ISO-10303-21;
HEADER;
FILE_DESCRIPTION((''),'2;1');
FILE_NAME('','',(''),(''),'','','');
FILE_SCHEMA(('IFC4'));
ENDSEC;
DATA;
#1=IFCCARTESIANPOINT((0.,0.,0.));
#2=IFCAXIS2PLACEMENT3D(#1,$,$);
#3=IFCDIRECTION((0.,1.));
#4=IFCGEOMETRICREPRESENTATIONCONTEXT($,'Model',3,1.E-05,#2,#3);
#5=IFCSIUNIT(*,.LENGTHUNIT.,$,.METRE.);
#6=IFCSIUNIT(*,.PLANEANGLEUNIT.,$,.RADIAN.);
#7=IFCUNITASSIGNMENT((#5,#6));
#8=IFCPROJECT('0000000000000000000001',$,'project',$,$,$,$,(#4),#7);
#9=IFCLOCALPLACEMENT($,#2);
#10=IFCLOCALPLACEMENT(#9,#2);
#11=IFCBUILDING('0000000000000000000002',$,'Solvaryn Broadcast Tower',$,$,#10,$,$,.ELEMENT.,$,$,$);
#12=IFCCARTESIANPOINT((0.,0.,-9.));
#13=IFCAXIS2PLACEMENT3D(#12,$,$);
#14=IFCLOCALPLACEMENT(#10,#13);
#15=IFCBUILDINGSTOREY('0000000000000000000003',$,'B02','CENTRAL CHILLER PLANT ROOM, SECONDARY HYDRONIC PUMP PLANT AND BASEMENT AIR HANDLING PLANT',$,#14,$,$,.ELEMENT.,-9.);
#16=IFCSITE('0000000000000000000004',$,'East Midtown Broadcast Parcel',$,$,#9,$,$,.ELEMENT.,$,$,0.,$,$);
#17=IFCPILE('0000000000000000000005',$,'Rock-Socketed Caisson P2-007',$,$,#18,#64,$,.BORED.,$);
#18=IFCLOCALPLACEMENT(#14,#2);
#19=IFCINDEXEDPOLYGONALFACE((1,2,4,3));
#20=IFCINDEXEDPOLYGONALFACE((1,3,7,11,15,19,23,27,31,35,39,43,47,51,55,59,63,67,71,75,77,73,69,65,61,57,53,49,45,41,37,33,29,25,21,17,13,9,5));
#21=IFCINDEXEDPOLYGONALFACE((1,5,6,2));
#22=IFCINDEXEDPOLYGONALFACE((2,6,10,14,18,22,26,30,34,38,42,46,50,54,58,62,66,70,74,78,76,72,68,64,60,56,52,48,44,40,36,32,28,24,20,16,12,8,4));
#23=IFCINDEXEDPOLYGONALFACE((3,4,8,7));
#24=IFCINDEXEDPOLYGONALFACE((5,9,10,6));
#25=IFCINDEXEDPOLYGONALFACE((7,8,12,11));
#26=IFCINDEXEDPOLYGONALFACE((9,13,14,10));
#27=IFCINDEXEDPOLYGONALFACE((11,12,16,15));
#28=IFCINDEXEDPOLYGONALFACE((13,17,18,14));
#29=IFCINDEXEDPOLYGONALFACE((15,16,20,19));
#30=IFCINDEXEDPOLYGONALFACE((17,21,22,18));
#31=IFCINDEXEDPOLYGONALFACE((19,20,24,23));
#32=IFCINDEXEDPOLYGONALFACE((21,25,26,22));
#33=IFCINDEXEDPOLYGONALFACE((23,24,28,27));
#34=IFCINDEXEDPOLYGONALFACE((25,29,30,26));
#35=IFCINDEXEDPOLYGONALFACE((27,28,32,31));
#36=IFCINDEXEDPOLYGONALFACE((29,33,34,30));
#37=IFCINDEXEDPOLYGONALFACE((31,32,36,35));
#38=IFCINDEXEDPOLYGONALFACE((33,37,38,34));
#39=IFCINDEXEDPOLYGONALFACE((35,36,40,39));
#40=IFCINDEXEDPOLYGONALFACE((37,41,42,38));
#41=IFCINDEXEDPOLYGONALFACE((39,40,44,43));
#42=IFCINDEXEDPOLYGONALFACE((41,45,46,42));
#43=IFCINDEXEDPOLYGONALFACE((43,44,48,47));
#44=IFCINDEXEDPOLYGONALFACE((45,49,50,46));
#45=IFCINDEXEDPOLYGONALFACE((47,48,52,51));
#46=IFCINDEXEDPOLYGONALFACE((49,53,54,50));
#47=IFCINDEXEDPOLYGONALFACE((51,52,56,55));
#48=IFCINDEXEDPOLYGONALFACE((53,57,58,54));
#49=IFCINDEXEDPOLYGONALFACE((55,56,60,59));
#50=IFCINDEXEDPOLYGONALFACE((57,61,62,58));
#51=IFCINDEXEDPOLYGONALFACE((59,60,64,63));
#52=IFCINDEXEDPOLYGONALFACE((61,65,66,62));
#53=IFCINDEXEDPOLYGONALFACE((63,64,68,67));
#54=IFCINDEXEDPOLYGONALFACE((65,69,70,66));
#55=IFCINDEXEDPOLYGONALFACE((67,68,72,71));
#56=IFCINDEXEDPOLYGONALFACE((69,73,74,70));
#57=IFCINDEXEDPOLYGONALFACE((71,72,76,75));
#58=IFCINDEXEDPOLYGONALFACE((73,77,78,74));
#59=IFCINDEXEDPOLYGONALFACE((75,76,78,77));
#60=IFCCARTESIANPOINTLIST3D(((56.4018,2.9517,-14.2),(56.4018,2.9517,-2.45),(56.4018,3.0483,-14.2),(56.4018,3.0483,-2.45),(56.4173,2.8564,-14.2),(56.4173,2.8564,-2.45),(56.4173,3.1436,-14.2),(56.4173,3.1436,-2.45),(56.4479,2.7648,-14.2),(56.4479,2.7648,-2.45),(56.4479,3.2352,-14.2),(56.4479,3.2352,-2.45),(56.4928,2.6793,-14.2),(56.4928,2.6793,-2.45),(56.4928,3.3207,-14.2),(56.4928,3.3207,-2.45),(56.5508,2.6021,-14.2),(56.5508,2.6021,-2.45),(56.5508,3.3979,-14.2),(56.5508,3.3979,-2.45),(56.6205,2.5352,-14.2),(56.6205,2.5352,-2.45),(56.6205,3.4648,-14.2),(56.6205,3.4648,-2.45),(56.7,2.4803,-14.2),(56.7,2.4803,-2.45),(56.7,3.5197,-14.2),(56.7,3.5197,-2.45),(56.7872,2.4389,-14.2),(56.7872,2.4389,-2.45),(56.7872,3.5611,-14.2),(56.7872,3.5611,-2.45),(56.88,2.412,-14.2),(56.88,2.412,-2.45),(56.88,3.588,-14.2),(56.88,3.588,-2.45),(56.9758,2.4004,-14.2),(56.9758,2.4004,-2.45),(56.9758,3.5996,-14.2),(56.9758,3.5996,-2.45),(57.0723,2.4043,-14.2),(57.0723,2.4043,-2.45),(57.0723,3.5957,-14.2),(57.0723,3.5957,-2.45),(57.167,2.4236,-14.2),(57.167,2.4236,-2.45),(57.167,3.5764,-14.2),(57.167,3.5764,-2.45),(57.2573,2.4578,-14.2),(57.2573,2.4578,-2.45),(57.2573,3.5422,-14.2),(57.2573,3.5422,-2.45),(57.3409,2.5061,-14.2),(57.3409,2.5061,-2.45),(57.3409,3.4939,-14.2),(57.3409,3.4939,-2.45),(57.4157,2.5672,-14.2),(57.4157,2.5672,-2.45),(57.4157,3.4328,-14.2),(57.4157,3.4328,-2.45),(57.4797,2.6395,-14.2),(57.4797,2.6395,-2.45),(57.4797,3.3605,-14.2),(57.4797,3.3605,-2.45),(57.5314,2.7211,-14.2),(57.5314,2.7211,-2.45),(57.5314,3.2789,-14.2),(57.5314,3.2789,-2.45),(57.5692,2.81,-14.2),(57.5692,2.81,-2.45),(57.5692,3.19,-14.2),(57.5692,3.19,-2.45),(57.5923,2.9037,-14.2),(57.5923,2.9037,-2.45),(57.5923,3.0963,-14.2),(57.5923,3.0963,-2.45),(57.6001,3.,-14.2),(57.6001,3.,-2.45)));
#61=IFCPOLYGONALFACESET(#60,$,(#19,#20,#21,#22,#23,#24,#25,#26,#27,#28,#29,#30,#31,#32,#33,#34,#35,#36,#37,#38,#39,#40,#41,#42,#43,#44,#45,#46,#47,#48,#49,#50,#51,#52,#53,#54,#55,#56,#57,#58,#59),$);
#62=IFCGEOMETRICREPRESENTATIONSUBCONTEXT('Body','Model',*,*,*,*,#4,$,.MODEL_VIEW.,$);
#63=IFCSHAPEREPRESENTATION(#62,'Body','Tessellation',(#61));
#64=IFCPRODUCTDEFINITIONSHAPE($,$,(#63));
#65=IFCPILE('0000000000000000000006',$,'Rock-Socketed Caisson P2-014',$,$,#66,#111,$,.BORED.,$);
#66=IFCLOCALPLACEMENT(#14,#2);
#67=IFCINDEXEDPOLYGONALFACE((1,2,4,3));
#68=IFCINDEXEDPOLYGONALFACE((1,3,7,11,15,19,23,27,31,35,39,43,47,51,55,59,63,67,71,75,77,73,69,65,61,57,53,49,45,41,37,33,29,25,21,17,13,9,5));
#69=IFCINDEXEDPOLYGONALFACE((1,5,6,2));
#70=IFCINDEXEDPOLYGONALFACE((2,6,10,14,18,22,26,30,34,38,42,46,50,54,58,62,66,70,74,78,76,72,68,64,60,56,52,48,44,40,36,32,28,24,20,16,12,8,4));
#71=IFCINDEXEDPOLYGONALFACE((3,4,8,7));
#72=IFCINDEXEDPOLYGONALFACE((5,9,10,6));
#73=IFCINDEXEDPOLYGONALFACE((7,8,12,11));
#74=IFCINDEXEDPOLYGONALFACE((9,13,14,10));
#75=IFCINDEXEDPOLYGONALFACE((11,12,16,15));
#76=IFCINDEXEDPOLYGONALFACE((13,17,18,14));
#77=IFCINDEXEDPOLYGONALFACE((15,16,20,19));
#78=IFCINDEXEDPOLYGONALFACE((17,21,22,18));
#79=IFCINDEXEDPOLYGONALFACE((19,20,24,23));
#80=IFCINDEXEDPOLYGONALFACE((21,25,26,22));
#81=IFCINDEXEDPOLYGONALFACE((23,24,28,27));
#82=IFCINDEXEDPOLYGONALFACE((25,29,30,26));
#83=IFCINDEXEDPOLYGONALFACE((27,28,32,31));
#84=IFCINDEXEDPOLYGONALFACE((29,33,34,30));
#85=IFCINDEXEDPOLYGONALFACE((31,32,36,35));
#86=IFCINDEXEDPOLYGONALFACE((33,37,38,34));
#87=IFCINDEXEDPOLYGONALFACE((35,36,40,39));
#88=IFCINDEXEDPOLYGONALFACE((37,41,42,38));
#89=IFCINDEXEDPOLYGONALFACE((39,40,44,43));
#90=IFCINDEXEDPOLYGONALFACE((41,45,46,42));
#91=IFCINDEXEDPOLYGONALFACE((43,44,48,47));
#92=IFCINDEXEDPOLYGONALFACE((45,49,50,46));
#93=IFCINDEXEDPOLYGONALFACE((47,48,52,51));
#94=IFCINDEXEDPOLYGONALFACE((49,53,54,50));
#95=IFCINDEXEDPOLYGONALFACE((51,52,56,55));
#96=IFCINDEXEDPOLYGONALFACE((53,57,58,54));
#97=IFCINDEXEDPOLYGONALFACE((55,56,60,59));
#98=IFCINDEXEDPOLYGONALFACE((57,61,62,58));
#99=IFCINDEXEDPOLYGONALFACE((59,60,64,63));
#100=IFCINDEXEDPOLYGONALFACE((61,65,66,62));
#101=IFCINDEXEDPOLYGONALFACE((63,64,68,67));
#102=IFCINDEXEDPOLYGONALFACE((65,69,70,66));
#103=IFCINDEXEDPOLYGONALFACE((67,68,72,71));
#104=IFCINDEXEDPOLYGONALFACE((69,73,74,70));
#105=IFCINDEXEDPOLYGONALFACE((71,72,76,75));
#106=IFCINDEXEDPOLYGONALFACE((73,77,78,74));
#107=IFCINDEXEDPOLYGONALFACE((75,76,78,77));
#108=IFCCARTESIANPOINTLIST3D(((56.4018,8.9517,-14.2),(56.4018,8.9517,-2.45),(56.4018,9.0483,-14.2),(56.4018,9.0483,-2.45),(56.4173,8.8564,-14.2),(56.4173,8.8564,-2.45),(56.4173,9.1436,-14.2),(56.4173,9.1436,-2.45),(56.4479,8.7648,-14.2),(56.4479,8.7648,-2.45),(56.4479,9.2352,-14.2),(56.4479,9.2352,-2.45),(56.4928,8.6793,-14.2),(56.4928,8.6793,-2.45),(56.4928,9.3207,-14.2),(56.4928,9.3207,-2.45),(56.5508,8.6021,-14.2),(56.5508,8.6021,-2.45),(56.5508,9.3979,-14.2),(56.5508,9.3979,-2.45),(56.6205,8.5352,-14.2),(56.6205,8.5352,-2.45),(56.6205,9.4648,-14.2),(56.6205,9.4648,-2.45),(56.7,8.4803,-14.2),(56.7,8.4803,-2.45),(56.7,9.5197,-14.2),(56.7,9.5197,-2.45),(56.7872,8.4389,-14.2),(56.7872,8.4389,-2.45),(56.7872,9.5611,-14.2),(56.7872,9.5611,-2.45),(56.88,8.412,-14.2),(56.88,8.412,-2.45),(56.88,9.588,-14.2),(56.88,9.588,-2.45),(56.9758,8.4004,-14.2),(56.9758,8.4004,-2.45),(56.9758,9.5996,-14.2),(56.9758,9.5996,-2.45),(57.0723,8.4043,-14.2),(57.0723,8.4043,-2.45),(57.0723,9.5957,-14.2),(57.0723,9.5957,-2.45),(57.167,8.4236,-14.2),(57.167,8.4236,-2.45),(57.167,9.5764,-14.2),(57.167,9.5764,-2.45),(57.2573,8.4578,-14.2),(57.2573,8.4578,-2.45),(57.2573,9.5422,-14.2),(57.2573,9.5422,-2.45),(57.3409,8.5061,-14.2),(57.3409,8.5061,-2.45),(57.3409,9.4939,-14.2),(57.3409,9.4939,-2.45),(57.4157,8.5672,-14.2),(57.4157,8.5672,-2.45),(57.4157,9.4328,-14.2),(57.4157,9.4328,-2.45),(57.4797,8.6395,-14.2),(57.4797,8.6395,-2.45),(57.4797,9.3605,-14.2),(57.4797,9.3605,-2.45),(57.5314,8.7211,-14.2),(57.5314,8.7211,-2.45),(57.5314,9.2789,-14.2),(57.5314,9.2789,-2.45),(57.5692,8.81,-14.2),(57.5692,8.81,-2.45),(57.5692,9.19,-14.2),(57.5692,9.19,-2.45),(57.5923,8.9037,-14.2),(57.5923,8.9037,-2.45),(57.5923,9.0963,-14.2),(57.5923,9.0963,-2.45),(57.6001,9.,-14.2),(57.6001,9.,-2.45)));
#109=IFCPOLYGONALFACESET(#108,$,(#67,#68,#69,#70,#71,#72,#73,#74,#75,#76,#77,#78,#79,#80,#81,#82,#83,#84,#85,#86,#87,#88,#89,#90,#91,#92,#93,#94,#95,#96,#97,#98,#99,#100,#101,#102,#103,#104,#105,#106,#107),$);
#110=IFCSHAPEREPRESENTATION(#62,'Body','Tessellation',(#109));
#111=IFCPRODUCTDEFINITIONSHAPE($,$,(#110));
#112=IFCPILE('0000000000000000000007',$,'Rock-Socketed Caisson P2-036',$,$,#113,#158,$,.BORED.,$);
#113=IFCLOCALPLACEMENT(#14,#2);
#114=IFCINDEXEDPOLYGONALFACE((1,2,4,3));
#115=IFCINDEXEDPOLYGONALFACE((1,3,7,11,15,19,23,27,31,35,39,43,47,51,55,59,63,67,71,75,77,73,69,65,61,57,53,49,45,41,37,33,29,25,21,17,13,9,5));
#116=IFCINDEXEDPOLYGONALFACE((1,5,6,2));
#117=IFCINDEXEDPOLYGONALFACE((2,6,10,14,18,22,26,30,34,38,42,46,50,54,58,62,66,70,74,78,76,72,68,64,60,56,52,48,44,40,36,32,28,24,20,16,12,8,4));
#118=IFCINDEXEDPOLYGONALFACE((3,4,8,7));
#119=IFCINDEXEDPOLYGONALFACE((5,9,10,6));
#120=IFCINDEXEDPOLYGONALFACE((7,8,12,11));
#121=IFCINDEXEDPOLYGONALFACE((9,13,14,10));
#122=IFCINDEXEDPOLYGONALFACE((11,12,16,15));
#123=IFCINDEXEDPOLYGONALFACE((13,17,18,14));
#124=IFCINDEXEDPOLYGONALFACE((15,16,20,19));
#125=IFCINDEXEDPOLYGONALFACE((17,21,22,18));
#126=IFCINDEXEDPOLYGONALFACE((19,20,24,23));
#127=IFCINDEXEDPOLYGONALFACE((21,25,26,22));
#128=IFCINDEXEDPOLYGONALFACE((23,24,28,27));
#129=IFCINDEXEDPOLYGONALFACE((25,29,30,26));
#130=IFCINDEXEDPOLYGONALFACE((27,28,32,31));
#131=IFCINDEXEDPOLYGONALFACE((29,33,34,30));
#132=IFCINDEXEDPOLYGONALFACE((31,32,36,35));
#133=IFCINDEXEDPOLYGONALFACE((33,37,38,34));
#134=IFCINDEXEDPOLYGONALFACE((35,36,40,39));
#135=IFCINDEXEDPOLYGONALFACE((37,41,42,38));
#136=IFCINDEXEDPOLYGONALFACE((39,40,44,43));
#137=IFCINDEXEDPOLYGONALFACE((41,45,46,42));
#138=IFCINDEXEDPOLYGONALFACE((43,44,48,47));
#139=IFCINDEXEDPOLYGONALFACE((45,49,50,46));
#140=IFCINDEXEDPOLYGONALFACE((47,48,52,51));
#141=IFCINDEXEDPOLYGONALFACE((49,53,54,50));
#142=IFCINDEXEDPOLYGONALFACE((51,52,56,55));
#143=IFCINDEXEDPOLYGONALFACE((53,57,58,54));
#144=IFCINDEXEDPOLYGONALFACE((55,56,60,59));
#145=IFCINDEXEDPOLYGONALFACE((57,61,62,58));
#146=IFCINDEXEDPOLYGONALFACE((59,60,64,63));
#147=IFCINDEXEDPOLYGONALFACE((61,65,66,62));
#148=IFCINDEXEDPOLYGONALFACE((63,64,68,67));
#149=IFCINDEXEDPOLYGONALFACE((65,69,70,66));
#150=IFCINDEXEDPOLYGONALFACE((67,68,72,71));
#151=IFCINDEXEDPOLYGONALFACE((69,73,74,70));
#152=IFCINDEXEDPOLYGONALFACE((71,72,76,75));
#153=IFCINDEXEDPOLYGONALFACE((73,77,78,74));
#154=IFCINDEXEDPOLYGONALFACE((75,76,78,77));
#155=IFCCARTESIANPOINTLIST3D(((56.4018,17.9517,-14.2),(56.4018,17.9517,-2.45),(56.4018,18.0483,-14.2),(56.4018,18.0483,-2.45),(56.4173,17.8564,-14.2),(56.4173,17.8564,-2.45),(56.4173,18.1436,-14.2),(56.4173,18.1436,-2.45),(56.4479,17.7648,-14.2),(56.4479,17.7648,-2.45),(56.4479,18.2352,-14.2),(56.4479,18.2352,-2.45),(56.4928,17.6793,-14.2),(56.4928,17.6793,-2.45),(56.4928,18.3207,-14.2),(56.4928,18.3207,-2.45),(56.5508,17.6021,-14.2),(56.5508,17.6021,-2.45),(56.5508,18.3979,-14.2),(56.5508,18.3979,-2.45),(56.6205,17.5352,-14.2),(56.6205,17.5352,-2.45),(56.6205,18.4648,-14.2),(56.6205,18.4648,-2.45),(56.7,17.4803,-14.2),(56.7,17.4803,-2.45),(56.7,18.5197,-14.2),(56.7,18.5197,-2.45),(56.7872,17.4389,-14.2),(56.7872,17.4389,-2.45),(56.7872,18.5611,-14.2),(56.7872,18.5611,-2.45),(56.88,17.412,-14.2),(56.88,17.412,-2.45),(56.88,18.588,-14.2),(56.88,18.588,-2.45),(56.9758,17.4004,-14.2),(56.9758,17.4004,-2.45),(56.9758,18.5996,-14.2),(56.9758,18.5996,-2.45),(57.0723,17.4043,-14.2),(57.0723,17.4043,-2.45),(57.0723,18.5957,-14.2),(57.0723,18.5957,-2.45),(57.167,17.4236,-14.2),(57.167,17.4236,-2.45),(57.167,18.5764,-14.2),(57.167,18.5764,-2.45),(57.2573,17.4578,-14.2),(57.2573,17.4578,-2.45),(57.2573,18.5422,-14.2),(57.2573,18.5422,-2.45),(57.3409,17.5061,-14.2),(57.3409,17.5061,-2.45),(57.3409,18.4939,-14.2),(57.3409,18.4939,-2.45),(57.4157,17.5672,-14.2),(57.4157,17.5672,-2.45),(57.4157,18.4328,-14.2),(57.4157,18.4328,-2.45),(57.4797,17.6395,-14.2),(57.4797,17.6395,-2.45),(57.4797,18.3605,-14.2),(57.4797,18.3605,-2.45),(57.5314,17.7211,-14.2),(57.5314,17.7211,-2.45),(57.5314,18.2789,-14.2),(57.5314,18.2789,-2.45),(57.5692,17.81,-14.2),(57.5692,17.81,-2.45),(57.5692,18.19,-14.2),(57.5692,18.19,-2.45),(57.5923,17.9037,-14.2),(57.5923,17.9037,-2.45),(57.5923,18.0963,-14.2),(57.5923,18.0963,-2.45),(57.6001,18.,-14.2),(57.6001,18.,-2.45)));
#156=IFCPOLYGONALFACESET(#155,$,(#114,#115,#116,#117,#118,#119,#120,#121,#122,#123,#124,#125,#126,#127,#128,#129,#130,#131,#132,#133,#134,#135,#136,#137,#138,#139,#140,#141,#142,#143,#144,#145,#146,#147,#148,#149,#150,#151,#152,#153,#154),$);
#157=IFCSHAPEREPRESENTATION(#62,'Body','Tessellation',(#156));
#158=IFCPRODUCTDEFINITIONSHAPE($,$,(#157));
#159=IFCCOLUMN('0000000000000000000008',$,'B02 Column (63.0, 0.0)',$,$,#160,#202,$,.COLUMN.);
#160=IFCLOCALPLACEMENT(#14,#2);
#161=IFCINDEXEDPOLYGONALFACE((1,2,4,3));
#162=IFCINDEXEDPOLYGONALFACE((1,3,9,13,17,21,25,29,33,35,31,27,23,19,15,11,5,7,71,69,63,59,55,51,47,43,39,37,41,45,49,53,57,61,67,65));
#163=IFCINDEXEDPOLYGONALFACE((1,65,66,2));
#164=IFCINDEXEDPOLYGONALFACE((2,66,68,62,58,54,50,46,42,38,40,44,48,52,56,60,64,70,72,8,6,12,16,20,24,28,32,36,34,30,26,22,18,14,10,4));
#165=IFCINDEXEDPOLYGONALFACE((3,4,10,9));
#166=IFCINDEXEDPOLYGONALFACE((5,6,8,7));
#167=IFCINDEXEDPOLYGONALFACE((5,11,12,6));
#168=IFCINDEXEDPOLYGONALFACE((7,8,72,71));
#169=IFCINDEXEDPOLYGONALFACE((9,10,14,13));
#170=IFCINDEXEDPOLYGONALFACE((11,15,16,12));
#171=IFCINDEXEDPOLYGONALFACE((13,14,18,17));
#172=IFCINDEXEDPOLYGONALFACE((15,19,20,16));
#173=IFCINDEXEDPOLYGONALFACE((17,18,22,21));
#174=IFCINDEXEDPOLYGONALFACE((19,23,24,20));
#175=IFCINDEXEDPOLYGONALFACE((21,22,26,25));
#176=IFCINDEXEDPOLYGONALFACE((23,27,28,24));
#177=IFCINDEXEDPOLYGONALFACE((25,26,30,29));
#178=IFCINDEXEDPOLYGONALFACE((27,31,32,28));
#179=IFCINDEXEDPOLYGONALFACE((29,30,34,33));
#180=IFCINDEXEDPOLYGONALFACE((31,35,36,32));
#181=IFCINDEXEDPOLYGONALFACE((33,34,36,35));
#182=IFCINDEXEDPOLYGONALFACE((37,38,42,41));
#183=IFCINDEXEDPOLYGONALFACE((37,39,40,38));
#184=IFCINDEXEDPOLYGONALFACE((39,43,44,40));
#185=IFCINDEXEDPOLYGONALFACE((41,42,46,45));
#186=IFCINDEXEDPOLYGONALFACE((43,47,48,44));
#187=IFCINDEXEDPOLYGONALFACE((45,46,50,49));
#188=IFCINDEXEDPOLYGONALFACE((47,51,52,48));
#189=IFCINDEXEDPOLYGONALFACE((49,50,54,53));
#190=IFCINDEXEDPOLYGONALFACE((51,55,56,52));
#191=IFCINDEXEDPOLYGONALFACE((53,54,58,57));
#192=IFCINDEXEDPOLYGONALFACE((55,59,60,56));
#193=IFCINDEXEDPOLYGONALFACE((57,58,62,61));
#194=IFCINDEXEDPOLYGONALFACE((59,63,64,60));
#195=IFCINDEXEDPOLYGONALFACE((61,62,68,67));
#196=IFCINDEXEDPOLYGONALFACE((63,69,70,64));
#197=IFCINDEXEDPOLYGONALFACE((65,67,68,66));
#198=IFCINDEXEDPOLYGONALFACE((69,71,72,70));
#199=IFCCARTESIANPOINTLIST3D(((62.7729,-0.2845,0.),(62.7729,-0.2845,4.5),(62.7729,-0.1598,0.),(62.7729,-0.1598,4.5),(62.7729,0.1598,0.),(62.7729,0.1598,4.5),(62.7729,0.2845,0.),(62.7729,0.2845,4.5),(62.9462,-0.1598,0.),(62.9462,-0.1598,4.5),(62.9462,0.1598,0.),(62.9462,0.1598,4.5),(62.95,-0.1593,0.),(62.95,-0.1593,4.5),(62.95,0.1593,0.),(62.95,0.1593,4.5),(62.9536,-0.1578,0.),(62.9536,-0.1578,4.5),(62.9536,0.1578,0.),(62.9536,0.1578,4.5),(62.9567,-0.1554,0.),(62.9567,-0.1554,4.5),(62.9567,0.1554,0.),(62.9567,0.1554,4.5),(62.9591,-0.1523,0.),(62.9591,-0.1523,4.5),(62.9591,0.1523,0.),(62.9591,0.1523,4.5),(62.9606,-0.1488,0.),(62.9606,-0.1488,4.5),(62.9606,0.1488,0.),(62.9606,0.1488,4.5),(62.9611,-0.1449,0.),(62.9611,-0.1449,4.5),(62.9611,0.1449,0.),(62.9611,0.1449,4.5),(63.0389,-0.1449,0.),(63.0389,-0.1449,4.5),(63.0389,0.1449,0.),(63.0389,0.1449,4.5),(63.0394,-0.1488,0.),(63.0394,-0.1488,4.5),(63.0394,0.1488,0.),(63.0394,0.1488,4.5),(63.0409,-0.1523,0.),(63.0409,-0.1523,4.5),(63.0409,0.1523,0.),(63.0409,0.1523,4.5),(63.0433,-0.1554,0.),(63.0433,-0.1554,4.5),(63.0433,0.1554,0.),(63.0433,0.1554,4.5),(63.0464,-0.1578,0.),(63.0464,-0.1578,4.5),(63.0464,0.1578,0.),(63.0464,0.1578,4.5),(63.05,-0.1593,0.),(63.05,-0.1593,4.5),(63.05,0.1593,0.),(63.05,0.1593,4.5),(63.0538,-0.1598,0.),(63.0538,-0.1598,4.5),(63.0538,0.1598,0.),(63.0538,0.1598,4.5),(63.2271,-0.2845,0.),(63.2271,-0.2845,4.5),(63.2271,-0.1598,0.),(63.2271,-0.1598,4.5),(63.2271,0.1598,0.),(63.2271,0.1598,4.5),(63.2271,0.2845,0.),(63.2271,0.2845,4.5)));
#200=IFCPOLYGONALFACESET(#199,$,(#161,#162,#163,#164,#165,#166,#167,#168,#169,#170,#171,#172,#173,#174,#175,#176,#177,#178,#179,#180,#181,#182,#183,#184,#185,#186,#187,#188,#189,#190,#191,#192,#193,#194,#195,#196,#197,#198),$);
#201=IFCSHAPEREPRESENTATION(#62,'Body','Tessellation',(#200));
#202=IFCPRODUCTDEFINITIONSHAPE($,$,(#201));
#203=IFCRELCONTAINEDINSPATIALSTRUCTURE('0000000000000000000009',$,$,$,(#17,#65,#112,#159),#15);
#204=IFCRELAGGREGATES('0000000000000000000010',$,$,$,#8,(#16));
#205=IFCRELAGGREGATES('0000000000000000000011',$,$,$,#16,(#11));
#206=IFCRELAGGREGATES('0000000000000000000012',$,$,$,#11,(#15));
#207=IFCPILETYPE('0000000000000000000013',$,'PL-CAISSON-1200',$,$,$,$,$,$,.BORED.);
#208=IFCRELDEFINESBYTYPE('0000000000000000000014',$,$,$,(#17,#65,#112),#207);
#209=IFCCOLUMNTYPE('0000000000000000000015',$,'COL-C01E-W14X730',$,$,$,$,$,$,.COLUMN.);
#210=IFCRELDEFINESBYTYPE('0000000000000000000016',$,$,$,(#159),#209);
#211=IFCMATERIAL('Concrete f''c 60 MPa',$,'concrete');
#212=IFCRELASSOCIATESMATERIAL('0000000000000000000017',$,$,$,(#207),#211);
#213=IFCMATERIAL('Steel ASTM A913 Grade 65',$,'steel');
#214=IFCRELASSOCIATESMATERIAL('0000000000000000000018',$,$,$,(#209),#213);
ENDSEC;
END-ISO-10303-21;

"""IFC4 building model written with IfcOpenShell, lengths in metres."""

from ifc_helpers import new_model, si_unit, direction, frame, origin, origin_2d, place, context, subcontext, project, spatial, circle, i_section, extrude, material, material_profile, profile_set, type_object, element, save


model = new_model("IFC4")

# Units and contexts
model_context = context("Model", 3, precision=1e-05, world=origin(), true_north=direction((0.0, 1.0)))
body_context = subcontext(model_context, "Body", "Model", "MODEL_VIEW")
ifc_project = project(units=[si_unit("LENGTHUNIT", "METRE"), si_unit("PLANEANGLEUNIT", "RADIAN")], contexts=[model_context])

# Site, building, storey
site_placement = place(None, origin())
site = spatial("IfcSite", under=ifc_project, at=site_placement, Name="East Midtown Broadcast Parcel", CompositionType="ELEMENT", RefElevation=0.0)
building_placement = place(site_placement, origin())
building = spatial("IfcBuilding", under=site, at=building_placement, Name="Solvaryn Broadcast Tower", CompositionType="ELEMENT")
storey_placement = place(building_placement, frame((0.0, 0.0, -9.0)))
storey = spatial("IfcBuildingStorey", under=building, at=storey_placement, Name="B02", Description="CENTRAL CHILLER PLANT ROOM, SECONDARY HYDRONIC PUMP PLANT AND BASEMENT AIR HANDLING PLANT", CompositionType="ELEMENT", Elevation=-9.0)

# Piles
ifc_material_1 = material(Name="Concrete f'c 60 MPa", Category="concrete")
ifc_material_profile_1 = material_profile(ifc_material_1, circle(Radius=0.6001, at=origin_2d()))
ifc_profile_set_1 = profile_set([ifc_material_profile_1], Name="Concrete f'c 60 MPa")
pile_type = type_object("IfcPileType", Name="PL-CAISSON-1200", PredefinedType="BORED", material=ifc_profile_set_1)
for number, where, z_axis, x_axis, name in (
    (1, (57.0, 3.0, -2.45), (0.0, 0.0, -1.0), (1.0, 0.0, 0.0), "Rock-Socketed Caisson P2-007"),
    (2, (57.0, 9.0, -2.45), (0.0, 0.0, -1.0), (1.0, 0.0, 0.0), "Rock-Socketed Caisson P2-014"),
    (3, (57.0, 18.0, -2.45), (0.0, 0.0, -1.0), (1.0, 0.0, 0.0), "Rock-Socketed Caisson P2-036"),
):
    element("IfcPile", number, at=place(storey_placement, frame(where, z_axis=z_axis, x_axis=x_axis)), inside=storey, type_object=pile_type, Name=name, PredefinedType="BORED", context=body_context, shape_type="SweptSolid", body=[
        extrude(circle(Radius=0.6001, at=origin_2d()), origin(), (0.0, 0.0, 1.0), 11.75),
    ])

# Column
ifc_material_2 = material(Name="Steel ASTM A913 Grade 65", Category="steel")
ifc_material_profile_2 = material_profile(ifc_material_2, i_section(OverallWidth=0.4541, OverallDepth=0.5691, WebThickness=0.0779, FlangeThickness=0.1248, FilletRadius=0.0149, at=origin_2d()))
ifc_profile_set_2 = profile_set([ifc_material_profile_2], Name="Steel ASTM A913 Grade 65")
column_type_1 = type_object("IfcColumnType", Name="COL-C01E-W14X730", PredefinedType="COLUMN", material=ifc_profile_set_2)
for number, where, z_axis, x_axis, name in (
    (4, (63.0, 0.0, 0.0), (0.0, 0.0, 1.0), (1.0, 0.0, 0.0), "B02 Column (63.0, 0.0)"),
):
    element("IfcColumn", number, at=place(storey_placement, frame(where, z_axis=z_axis, x_axis=x_axis)), inside=storey, type_object=column_type_1, Name=name, PredefinedType="COLUMN", context=body_context, shape_type="SweptSolid", body=[
        extrude(i_section(OverallWidth=0.4541, OverallDepth=0.5691, WebThickness=0.0779, FlangeThickness=0.1248, FilletRadius=0.0149, at=origin_2d()), origin(), (0.0, 0.0, 1.0), 4.5),
    ])

save(model, "model.ifc")
